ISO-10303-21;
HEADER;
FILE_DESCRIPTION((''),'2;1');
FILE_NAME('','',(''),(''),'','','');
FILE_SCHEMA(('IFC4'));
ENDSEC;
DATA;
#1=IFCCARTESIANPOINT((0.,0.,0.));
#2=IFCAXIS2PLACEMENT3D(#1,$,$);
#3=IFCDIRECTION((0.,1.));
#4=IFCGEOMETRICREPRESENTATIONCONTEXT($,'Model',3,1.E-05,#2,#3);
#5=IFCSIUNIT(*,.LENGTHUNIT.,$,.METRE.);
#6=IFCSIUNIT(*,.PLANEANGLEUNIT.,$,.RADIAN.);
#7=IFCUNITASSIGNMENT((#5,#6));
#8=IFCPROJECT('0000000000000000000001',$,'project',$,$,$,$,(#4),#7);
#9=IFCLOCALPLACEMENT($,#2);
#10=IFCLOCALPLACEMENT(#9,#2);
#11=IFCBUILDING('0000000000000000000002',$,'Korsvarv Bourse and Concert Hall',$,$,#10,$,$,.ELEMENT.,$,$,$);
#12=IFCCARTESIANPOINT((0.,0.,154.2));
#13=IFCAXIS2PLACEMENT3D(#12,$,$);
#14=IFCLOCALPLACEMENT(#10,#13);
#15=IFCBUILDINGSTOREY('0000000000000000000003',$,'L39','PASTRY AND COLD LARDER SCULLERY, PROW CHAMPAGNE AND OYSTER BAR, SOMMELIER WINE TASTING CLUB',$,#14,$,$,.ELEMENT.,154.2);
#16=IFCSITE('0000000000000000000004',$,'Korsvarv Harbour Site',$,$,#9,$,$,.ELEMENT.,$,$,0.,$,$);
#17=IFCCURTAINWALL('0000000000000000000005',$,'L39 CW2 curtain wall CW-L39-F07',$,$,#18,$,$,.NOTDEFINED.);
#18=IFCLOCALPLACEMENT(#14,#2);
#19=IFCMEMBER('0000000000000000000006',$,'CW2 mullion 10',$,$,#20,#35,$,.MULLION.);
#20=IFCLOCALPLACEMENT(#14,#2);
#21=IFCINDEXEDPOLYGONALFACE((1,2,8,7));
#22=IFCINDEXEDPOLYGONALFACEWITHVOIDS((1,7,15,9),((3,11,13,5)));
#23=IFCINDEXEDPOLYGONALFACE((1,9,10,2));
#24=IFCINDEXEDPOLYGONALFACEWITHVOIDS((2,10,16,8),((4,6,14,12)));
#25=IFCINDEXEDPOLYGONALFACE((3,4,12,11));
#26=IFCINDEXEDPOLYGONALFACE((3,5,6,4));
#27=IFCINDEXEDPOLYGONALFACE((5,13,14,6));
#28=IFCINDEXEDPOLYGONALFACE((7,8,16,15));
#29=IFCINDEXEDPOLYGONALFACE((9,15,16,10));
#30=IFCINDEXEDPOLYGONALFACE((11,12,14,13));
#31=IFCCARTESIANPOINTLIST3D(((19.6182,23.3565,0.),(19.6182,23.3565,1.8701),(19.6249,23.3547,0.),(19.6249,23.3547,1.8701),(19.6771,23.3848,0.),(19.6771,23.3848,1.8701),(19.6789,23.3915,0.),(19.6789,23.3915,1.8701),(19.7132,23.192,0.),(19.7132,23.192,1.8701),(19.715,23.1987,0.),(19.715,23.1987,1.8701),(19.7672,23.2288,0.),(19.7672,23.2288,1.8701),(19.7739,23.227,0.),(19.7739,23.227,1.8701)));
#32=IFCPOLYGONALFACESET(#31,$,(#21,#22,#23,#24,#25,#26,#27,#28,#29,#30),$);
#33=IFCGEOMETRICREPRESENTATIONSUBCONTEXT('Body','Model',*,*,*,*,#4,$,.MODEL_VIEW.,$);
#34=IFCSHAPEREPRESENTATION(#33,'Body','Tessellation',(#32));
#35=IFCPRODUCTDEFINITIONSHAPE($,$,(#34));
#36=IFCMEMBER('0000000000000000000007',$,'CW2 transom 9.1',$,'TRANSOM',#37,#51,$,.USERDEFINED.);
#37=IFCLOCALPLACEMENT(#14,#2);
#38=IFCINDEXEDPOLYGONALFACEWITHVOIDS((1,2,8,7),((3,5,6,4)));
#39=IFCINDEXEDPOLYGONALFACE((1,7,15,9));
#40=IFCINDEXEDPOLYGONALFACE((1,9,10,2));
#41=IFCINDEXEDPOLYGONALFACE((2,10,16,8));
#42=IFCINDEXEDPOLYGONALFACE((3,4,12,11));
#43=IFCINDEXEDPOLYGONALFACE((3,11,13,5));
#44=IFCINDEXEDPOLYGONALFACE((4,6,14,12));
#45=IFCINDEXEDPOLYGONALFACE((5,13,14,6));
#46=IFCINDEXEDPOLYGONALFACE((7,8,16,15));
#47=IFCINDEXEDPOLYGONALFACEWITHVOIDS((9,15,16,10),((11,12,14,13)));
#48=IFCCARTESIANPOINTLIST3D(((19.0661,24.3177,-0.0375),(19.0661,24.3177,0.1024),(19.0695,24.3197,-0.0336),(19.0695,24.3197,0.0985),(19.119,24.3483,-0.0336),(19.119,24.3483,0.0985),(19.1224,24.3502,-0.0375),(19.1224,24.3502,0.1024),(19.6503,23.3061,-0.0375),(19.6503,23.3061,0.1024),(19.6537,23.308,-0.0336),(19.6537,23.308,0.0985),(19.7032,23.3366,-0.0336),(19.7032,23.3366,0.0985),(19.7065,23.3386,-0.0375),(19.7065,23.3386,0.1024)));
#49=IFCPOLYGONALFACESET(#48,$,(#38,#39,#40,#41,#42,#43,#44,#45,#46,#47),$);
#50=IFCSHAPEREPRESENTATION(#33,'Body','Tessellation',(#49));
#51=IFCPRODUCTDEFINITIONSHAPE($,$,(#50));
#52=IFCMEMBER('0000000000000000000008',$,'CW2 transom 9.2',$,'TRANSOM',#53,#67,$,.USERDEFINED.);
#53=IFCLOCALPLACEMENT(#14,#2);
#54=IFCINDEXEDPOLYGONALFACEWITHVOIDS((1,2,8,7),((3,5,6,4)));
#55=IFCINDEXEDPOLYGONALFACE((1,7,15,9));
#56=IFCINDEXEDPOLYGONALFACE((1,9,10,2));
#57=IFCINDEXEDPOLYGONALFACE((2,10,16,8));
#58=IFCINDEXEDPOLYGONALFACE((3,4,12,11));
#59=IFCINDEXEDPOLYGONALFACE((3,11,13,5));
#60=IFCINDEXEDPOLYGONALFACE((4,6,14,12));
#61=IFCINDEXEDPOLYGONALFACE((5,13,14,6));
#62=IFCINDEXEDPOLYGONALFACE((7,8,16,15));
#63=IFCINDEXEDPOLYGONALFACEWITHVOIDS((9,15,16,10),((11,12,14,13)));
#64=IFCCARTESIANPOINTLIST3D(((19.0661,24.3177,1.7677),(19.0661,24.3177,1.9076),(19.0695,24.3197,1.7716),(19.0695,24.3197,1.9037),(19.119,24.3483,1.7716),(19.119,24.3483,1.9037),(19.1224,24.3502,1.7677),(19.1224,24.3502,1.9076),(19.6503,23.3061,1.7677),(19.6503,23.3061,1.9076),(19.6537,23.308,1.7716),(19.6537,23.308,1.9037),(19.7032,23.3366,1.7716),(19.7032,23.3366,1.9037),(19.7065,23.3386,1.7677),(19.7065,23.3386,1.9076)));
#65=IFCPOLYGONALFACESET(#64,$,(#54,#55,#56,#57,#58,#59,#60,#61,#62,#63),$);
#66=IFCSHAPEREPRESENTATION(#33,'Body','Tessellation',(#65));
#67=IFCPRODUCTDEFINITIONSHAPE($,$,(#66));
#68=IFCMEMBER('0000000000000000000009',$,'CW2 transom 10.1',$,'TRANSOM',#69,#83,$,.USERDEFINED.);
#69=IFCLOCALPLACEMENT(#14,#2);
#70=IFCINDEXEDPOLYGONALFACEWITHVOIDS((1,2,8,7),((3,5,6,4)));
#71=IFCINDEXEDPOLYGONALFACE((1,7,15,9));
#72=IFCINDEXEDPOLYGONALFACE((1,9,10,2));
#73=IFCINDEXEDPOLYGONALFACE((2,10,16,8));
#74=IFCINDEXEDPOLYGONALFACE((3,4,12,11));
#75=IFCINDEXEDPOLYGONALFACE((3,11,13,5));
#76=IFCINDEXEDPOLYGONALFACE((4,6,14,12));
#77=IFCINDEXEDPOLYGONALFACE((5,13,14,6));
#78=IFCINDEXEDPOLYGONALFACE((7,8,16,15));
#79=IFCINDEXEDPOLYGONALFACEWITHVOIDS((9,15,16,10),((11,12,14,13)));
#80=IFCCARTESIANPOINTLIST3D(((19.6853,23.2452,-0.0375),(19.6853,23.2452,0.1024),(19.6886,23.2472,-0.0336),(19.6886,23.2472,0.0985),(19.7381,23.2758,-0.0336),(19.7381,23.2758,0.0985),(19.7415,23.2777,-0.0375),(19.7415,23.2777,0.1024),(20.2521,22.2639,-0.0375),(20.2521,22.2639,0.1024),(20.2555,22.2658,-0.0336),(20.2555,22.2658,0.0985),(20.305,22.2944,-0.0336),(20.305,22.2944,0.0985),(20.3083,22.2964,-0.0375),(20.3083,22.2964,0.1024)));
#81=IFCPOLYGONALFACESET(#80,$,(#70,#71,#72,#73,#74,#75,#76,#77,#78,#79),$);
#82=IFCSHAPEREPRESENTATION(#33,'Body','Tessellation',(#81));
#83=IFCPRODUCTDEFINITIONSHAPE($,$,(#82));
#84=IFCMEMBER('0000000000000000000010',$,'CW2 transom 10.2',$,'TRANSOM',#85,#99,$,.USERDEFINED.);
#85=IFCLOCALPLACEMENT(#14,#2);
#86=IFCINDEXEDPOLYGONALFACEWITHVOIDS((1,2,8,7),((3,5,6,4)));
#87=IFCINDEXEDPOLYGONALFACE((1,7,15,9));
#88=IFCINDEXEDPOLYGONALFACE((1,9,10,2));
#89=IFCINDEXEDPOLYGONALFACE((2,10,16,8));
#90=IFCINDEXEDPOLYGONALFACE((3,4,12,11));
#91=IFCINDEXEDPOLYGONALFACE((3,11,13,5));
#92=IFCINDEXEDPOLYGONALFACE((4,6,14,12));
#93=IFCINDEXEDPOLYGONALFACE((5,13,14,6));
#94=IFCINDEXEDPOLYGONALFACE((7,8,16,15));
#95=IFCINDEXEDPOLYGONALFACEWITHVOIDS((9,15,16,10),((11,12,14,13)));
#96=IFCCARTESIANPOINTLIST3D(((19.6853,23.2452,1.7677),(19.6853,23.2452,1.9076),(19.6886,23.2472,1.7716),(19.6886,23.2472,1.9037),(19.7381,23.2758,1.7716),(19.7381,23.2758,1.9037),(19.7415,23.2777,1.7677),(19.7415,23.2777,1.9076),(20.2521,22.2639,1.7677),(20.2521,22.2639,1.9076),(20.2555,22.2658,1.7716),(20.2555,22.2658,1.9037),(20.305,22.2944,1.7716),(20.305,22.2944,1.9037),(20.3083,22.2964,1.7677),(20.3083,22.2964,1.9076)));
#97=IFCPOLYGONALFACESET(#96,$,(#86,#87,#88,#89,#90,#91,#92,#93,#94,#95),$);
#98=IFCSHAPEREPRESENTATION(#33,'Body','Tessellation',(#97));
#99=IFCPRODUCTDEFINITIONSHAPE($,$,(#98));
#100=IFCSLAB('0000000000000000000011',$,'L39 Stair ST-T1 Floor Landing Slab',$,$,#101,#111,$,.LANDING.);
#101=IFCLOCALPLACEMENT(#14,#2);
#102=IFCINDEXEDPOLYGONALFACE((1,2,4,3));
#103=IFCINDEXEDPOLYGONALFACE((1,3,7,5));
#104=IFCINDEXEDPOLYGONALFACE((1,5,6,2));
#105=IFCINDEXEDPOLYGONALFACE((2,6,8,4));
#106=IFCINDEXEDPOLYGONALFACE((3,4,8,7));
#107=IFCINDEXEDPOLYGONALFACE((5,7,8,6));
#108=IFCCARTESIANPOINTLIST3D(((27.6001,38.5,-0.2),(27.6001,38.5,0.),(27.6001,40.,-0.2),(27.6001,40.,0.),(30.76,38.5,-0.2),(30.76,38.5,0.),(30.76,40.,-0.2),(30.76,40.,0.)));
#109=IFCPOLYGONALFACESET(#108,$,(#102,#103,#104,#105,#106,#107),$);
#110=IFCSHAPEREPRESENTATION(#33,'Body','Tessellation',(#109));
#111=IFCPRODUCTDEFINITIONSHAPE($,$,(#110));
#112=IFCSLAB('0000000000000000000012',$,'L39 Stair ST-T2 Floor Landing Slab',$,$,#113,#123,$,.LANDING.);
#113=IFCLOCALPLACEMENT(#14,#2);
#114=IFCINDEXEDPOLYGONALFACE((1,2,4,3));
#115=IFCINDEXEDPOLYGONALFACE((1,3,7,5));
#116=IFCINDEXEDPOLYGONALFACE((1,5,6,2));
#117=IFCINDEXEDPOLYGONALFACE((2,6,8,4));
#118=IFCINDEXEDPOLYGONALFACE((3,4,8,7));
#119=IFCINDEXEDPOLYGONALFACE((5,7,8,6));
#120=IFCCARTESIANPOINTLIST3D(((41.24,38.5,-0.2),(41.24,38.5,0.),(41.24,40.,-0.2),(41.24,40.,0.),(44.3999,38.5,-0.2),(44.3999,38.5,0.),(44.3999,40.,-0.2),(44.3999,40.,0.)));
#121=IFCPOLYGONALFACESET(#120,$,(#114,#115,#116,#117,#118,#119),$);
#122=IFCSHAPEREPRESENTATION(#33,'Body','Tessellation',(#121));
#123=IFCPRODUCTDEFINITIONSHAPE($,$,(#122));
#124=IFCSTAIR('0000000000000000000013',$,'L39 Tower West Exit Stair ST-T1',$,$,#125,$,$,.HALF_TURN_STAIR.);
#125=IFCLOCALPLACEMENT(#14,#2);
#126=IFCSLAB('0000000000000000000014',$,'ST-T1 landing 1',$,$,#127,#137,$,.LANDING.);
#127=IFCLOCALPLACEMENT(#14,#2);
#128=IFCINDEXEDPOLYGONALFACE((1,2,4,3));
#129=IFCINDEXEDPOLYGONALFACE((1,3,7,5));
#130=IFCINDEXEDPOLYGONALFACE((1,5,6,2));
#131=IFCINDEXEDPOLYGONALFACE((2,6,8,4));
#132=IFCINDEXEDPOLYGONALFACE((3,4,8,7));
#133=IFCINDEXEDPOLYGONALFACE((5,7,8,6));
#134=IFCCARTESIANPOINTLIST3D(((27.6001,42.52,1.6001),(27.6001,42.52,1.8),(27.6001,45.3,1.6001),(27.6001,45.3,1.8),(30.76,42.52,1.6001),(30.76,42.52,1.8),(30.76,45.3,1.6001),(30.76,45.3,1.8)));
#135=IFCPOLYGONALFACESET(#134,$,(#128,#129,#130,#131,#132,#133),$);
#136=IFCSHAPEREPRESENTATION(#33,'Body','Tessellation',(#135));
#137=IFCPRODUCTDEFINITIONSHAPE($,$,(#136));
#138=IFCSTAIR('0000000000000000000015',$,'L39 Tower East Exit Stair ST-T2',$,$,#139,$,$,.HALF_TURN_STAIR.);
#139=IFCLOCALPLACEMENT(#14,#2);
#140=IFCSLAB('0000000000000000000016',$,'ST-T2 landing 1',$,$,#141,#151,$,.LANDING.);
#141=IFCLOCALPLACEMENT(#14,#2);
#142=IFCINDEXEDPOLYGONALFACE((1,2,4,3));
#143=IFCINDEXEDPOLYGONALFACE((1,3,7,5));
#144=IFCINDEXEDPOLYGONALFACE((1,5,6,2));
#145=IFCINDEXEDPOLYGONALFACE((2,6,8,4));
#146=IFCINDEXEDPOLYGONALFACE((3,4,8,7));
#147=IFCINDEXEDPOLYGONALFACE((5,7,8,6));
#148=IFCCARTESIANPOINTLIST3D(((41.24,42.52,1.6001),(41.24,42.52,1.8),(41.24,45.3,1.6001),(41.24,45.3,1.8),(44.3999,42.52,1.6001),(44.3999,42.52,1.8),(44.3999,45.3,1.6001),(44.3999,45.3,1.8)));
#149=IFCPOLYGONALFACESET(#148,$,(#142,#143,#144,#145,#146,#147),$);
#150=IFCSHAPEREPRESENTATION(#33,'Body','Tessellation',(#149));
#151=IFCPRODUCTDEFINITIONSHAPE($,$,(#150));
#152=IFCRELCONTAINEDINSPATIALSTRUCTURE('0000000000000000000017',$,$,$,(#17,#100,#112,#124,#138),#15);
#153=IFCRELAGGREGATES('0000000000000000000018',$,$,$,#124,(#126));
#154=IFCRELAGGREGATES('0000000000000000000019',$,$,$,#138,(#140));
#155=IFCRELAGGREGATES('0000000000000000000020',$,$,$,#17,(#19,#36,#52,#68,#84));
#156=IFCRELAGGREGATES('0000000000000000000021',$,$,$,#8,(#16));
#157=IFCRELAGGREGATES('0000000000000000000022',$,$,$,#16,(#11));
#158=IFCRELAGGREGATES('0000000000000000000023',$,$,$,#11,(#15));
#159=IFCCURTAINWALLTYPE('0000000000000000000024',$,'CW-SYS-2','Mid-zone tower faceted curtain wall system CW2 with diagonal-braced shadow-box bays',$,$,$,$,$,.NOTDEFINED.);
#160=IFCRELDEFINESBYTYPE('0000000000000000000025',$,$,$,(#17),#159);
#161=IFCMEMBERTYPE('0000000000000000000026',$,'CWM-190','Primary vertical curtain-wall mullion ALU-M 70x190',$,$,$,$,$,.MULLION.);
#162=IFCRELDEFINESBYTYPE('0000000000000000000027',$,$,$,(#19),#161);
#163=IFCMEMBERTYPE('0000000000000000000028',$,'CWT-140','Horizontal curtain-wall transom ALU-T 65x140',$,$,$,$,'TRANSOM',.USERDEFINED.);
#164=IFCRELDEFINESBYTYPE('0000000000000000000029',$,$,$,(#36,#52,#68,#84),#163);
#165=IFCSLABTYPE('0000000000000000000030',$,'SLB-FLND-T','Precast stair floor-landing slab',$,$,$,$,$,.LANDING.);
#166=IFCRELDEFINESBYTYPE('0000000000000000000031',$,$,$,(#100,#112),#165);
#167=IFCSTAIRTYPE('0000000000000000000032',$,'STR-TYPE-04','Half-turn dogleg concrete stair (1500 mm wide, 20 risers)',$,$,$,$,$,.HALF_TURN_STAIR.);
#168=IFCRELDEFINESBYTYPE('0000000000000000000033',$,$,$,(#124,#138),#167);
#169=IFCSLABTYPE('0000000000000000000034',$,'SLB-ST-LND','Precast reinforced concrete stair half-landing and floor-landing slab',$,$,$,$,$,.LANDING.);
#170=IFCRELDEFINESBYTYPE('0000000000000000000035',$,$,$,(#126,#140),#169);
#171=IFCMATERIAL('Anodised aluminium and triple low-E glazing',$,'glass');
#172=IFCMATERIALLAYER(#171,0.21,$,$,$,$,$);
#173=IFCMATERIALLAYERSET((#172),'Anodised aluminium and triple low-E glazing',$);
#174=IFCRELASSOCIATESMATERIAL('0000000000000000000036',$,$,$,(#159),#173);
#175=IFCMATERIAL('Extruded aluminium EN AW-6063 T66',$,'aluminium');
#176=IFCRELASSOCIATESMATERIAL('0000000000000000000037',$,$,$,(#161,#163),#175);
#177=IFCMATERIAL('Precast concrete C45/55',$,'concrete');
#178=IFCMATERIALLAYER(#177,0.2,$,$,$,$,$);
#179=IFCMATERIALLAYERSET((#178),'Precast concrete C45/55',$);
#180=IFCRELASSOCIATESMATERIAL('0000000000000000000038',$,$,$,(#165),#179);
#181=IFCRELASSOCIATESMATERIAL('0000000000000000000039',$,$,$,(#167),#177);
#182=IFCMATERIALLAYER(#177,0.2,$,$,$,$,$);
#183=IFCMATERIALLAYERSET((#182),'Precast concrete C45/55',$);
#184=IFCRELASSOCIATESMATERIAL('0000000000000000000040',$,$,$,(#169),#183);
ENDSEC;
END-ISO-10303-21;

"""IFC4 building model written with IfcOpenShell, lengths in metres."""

from ifc_helpers import new_model, si_unit, direction, frame, origin, origin_2d, place, context, subcontext, project, spatial, polyline, hollow_rectangle, outline, extrude, source, transform, mapped, material, layer, layer_set, material_profile, profile_set, type_object, element, aggregate, save


model = new_model("IFC4")

# Units and contexts
model_context = context("Model", 3, precision=1e-05, world=origin(), true_north=direction((0.0, 1.0)))
body_context = subcontext(model_context, "Body", "Model", "MODEL_VIEW")
ifc_project = project(units=[si_unit("LENGTHUNIT", "METRE"), si_unit("PLANEANGLEUNIT", "RADIAN")], contexts=[model_context])

# Site, building, storey
site_placement = place(None, origin())
site = spatial("IfcSite", under=ifc_project, at=site_placement, Name="Korsvarv Harbour Site", CompositionType="ELEMENT", RefElevation=0.0)
building_placement = place(site_placement, origin())
building = spatial("IfcBuilding", under=site, at=building_placement, Name="Korsvarv Bourse and Concert Hall", CompositionType="ELEMENT")
storey_placement = place(building_placement, frame((0.0, 0.0, 154.2)))
storey = spatial("IfcBuildingStorey", under=building, at=storey_placement, Name="L39", Description="PASTRY AND COLD LARDER SCULLERY, PROW CHAMPAGNE AND OYSTER BAR, SOMMELIER WINE TASTING CLUB", CompositionType="ELEMENT", Elevation=154.2)

# Curtain wall, members
ifc_material_1 = material(Name="Anodised aluminium and triple low-E glazing", Category="glass")
ifc_layer_1 = layer(ifc_material_1, 0.21)
ifc_layer_set_1 = layer_set([ifc_layer_1], Name="Anodised aluminium and triple low-E glazing")
curtain_wall_type = type_object("IfcCurtainWallType", Name="CW-SYS-2", Description="Mid-zone tower faceted curtain wall system CW2 with diagonal-braced shadow-box bays", PredefinedType="NOTDEFINED", material=ifc_layer_set_1)
curtain_wall_placement = place(storey_placement, origin())
curtain_wall = element("IfcCurtainWall", 1, at=curtain_wall_placement, inside=storey, type_object=curtain_wall_type, Name="L39 CW2 curtain wall CW-L39-F07", PredefinedType="NOTDEFINED")
ifc_material_2 = material(Name="Extruded aluminium EN AW-6063 T66", Category="aluminium")
ifc_material_profile_1 = material_profile(ifc_material_2, hollow_rectangle(XDim=0.0701, YDim=0.1899, WallThickness=0.0049, at=origin_2d()), Name="ALU-M 70x190")
ifc_profile_set_1 = profile_set([ifc_material_profile_1], Name="Extruded aluminium EN AW-6063 T66")
member_type_1 = type_object("IfcMemberType", Name="CWM-190", Description="Primary vertical curtain-wall mullion ALU-M 70x190", PredefinedType="MULLION", material=ifc_profile_set_1)
shared_shape_1 = source(origin(), body_context, "Body", "SweptSolid", [
    extrude(hollow_rectangle(XDim=0.0701, YDim=0.1899, WallThickness=0.0049, at=origin_2d()), origin(), (0.0, 0.0, 1.0), 1.8701),
])
member_1_placement = place(storey_placement, frame((19.696, 23.2917, 0.0), z_axis=(0.0, 0.0, 1.0), x_axis=(0.866022, 0.500006, 0.0)))
member_1 = element("IfcMember", 2, at=member_1_placement, type_object=member_type_1, Name="CW2 mullion 10", PredefinedType="MULLION", context=body_context, shape_type="MappedRepresentation", body=[
    mapped(shared_shape_1, transform((0.0, 0.0, 0.0), scale=1.0)),
])
ifc_material_profile_2 = material_profile(ifc_material_2, hollow_rectangle(XDim=0.0649, YDim=0.1399, WallThickness=0.0039, at=origin_2d()), Name="ALU-T 65x140")
ifc_profile_set_2 = profile_set([ifc_material_profile_2], Name="Extruded aluminium EN AW-6063 T66")
member_type_2 = type_object("IfcMemberType", Name="CWT-140", Description="Horizontal curtain-wall transom ALU-T 65x140", ElementType="TRANSOM", PredefinedType="USERDEFINED", material=ifc_profile_set_2)
shared_shape_2 = source(origin(), body_context, "Body", "SweptSolid", [
    extrude(hollow_rectangle(XDim=0.0649, YDim=0.1399, WallThickness=0.0039, at=origin_2d()), origin(), (0.0, 0.0, 1.0), 1.1682),
])
member_2_placement = place(storey_placement, frame((19.0942, 24.334, 0.0325), z_axis=(0.500072, -0.865984, 0.0), x_axis=(0.865984, 0.500072, 0.0)))
member_2 = element("IfcMember", 3, at=member_2_placement, type_object=member_type_2, Name="CW2 transom 9.1", ObjectType="TRANSOM", PredefinedType="USERDEFINED", context=body_context, shape_type="MappedRepresentation", body=[
    mapped(shared_shape_2, transform((0.0, 0.0, 0.0), scale=1.0)),
])
member_3_placement = place(storey_placement, frame((19.0942, 24.334, 1.8376), z_axis=(0.500072, -0.865984, 0.0), x_axis=(0.865984, 0.500072, 0.0)))
member_3 = element("IfcMember", 4, at=member_3_placement, type_object=member_type_2, Name="CW2 transom 9.2", ObjectType="TRANSOM", PredefinedType="USERDEFINED", context=body_context, shape_type="MappedRepresentation", body=[
    mapped(shared_shape_2, transform((0.0, 0.0, 0.0), scale=1.0)),
])
shared_shape_3 = source(origin(), body_context, "Body", "SweptSolid", [
    extrude(hollow_rectangle(XDim=0.0649, YDim=0.1399, WallThickness=0.0039, at=origin_2d()), origin(), (0.0, 0.0, 1.0), 1.1333),
])
member_4_placement = place(storey_placement, frame((19.7134, 23.2615, 0.0325), z_axis=(0.50017, -0.865927, 0.0), x_axis=(0.865927, 0.50017, 0.0)))
member_4 = element("IfcMember", 5, at=member_4_placement, type_object=member_type_2, Name="CW2 transom 10.1", ObjectType="TRANSOM", PredefinedType="USERDEFINED", context=body_context, shape_type="MappedRepresentation", body=[
    mapped(shared_shape_3, transform((0.0, 0.0, 0.0), scale=1.0)),
])
member_5_placement = place(storey_placement, frame((19.7134, 23.2615, 1.8376), z_axis=(0.50017, -0.865927, 0.0), x_axis=(0.865927, 0.50017, 0.0)))
member_5 = element("IfcMember", 6, at=member_5_placement, type_object=member_type_2, Name="CW2 transom 10.2", ObjectType="TRANSOM", PredefinedType="USERDEFINED", context=body_context, shape_type="MappedRepresentation", body=[
    mapped(shared_shape_3, transform((0.0, 0.0, 0.0), scale=1.0)),
])

# Slabs
ifc_material_3 = material(Name="Precast concrete C45/55", Category="concrete")
ifc_layer_2 = layer(ifc_material_3, 0.2)
ifc_layer_set_2 = layer_set([ifc_layer_2], Name="Precast concrete C45/55")
slab_type_1 = type_object("IfcSlabType", Name="SLB-FLND-T", Description="Precast stair floor-landing slab", PredefinedType="LANDING", material=ifc_layer_set_2)
slab_1_placement = place(storey_placement, frame((0.0, 0.0, -0.2)))
element("IfcSlab", 7, at=slab_1_placement, inside=storey, type_object=slab_type_1, Name="L39 Stair ST-T1 Floor Landing Slab", PredefinedType="LANDING", context=body_context, shape_type="SweptSolid", body=[
    extrude(outline(polyline([(30.76, 38.5), (30.76, 40.0), (27.6001, 40.0), (27.6001, 38.5), (30.76, 38.5)])), origin(), (0.0, 0.0, 1.0), 0.2),
])
slab_2_placement = place(storey_placement, frame((0.0, 0.0, -0.2)))
element("IfcSlab", 8, at=slab_2_placement, inside=storey, type_object=slab_type_1, Name="L39 Stair ST-T2 Floor Landing Slab", PredefinedType="LANDING", context=body_context, shape_type="SweptSolid", body=[
    extrude(outline(polyline([(44.3999, 38.5), (44.3999, 40.0), (41.24, 40.0), (41.24, 38.5), (44.3999, 38.5)])), origin(), (0.0, 0.0, 1.0), 0.2),
])

# Stairs, slabs
stair_type = type_object("IfcStairType", Name="STR-TYPE-04", Description="Half-turn dogleg concrete stair (1500 mm wide, 20 risers)", PredefinedType="HALF_TURN_STAIR", material=ifc_material_3)
stair_1_placement = place(storey_placement, origin())
stair_1 = element("IfcStair", 9, at=stair_1_placement, inside=storey, type_object=stair_type, Name="L39 Tower West Exit Stair ST-T1", PredefinedType="HALF_TURN_STAIR")
ifc_layer_3 = layer(ifc_material_3, 0.2)
ifc_layer_set_3 = layer_set([ifc_layer_3], Name="Precast concrete C45/55")
slab_type_2 = type_object("IfcSlabType", Name="SLB-ST-LND", Description="Precast reinforced concrete stair half-landing and floor-landing slab", PredefinedType="LANDING", material=ifc_layer_set_3)
slab_3_placement = place(storey_placement, frame((0.0, 0.0, 1.6001)))
slab_3 = element("IfcSlab", 10, at=slab_3_placement, type_object=slab_type_2, Name="ST-T1 landing 1", PredefinedType="LANDING", context=body_context, shape_type="SweptSolid", body=[
    extrude(outline(polyline([(30.76, 42.52), (30.76, 45.3), (27.6001, 45.3), (27.6001, 42.52), (30.76, 42.52)])), origin(), (0.0, 0.0, 1.0), 0.2),
])
aggregate(stair_1, [slab_3])
stair_2_placement = place(storey_placement, origin())
stair_2 = element("IfcStair", 11, at=stair_2_placement, inside=storey, type_object=stair_type, Name="L39 Tower East Exit Stair ST-T2", PredefinedType="HALF_TURN_STAIR")
slab_4_placement = place(storey_placement, frame((0.0, 0.0, 1.6001)))
slab_4 = element("IfcSlab", 12, at=slab_4_placement, type_object=slab_type_2, Name="ST-T2 landing 1", PredefinedType="LANDING", context=body_context, shape_type="SweptSolid", body=[
    extrude(outline(polyline([(44.3999, 42.52), (44.3999, 45.3), (41.24, 45.3), (41.24, 42.52), (44.3999, 42.52)])), origin(), (0.0, 0.0, 1.0), 0.2),
])
aggregate(stair_2, [slab_4])

aggregate(curtain_wall, [member_1, member_2, member_3, member_4, member_5])

save(model, "model.ifc")
